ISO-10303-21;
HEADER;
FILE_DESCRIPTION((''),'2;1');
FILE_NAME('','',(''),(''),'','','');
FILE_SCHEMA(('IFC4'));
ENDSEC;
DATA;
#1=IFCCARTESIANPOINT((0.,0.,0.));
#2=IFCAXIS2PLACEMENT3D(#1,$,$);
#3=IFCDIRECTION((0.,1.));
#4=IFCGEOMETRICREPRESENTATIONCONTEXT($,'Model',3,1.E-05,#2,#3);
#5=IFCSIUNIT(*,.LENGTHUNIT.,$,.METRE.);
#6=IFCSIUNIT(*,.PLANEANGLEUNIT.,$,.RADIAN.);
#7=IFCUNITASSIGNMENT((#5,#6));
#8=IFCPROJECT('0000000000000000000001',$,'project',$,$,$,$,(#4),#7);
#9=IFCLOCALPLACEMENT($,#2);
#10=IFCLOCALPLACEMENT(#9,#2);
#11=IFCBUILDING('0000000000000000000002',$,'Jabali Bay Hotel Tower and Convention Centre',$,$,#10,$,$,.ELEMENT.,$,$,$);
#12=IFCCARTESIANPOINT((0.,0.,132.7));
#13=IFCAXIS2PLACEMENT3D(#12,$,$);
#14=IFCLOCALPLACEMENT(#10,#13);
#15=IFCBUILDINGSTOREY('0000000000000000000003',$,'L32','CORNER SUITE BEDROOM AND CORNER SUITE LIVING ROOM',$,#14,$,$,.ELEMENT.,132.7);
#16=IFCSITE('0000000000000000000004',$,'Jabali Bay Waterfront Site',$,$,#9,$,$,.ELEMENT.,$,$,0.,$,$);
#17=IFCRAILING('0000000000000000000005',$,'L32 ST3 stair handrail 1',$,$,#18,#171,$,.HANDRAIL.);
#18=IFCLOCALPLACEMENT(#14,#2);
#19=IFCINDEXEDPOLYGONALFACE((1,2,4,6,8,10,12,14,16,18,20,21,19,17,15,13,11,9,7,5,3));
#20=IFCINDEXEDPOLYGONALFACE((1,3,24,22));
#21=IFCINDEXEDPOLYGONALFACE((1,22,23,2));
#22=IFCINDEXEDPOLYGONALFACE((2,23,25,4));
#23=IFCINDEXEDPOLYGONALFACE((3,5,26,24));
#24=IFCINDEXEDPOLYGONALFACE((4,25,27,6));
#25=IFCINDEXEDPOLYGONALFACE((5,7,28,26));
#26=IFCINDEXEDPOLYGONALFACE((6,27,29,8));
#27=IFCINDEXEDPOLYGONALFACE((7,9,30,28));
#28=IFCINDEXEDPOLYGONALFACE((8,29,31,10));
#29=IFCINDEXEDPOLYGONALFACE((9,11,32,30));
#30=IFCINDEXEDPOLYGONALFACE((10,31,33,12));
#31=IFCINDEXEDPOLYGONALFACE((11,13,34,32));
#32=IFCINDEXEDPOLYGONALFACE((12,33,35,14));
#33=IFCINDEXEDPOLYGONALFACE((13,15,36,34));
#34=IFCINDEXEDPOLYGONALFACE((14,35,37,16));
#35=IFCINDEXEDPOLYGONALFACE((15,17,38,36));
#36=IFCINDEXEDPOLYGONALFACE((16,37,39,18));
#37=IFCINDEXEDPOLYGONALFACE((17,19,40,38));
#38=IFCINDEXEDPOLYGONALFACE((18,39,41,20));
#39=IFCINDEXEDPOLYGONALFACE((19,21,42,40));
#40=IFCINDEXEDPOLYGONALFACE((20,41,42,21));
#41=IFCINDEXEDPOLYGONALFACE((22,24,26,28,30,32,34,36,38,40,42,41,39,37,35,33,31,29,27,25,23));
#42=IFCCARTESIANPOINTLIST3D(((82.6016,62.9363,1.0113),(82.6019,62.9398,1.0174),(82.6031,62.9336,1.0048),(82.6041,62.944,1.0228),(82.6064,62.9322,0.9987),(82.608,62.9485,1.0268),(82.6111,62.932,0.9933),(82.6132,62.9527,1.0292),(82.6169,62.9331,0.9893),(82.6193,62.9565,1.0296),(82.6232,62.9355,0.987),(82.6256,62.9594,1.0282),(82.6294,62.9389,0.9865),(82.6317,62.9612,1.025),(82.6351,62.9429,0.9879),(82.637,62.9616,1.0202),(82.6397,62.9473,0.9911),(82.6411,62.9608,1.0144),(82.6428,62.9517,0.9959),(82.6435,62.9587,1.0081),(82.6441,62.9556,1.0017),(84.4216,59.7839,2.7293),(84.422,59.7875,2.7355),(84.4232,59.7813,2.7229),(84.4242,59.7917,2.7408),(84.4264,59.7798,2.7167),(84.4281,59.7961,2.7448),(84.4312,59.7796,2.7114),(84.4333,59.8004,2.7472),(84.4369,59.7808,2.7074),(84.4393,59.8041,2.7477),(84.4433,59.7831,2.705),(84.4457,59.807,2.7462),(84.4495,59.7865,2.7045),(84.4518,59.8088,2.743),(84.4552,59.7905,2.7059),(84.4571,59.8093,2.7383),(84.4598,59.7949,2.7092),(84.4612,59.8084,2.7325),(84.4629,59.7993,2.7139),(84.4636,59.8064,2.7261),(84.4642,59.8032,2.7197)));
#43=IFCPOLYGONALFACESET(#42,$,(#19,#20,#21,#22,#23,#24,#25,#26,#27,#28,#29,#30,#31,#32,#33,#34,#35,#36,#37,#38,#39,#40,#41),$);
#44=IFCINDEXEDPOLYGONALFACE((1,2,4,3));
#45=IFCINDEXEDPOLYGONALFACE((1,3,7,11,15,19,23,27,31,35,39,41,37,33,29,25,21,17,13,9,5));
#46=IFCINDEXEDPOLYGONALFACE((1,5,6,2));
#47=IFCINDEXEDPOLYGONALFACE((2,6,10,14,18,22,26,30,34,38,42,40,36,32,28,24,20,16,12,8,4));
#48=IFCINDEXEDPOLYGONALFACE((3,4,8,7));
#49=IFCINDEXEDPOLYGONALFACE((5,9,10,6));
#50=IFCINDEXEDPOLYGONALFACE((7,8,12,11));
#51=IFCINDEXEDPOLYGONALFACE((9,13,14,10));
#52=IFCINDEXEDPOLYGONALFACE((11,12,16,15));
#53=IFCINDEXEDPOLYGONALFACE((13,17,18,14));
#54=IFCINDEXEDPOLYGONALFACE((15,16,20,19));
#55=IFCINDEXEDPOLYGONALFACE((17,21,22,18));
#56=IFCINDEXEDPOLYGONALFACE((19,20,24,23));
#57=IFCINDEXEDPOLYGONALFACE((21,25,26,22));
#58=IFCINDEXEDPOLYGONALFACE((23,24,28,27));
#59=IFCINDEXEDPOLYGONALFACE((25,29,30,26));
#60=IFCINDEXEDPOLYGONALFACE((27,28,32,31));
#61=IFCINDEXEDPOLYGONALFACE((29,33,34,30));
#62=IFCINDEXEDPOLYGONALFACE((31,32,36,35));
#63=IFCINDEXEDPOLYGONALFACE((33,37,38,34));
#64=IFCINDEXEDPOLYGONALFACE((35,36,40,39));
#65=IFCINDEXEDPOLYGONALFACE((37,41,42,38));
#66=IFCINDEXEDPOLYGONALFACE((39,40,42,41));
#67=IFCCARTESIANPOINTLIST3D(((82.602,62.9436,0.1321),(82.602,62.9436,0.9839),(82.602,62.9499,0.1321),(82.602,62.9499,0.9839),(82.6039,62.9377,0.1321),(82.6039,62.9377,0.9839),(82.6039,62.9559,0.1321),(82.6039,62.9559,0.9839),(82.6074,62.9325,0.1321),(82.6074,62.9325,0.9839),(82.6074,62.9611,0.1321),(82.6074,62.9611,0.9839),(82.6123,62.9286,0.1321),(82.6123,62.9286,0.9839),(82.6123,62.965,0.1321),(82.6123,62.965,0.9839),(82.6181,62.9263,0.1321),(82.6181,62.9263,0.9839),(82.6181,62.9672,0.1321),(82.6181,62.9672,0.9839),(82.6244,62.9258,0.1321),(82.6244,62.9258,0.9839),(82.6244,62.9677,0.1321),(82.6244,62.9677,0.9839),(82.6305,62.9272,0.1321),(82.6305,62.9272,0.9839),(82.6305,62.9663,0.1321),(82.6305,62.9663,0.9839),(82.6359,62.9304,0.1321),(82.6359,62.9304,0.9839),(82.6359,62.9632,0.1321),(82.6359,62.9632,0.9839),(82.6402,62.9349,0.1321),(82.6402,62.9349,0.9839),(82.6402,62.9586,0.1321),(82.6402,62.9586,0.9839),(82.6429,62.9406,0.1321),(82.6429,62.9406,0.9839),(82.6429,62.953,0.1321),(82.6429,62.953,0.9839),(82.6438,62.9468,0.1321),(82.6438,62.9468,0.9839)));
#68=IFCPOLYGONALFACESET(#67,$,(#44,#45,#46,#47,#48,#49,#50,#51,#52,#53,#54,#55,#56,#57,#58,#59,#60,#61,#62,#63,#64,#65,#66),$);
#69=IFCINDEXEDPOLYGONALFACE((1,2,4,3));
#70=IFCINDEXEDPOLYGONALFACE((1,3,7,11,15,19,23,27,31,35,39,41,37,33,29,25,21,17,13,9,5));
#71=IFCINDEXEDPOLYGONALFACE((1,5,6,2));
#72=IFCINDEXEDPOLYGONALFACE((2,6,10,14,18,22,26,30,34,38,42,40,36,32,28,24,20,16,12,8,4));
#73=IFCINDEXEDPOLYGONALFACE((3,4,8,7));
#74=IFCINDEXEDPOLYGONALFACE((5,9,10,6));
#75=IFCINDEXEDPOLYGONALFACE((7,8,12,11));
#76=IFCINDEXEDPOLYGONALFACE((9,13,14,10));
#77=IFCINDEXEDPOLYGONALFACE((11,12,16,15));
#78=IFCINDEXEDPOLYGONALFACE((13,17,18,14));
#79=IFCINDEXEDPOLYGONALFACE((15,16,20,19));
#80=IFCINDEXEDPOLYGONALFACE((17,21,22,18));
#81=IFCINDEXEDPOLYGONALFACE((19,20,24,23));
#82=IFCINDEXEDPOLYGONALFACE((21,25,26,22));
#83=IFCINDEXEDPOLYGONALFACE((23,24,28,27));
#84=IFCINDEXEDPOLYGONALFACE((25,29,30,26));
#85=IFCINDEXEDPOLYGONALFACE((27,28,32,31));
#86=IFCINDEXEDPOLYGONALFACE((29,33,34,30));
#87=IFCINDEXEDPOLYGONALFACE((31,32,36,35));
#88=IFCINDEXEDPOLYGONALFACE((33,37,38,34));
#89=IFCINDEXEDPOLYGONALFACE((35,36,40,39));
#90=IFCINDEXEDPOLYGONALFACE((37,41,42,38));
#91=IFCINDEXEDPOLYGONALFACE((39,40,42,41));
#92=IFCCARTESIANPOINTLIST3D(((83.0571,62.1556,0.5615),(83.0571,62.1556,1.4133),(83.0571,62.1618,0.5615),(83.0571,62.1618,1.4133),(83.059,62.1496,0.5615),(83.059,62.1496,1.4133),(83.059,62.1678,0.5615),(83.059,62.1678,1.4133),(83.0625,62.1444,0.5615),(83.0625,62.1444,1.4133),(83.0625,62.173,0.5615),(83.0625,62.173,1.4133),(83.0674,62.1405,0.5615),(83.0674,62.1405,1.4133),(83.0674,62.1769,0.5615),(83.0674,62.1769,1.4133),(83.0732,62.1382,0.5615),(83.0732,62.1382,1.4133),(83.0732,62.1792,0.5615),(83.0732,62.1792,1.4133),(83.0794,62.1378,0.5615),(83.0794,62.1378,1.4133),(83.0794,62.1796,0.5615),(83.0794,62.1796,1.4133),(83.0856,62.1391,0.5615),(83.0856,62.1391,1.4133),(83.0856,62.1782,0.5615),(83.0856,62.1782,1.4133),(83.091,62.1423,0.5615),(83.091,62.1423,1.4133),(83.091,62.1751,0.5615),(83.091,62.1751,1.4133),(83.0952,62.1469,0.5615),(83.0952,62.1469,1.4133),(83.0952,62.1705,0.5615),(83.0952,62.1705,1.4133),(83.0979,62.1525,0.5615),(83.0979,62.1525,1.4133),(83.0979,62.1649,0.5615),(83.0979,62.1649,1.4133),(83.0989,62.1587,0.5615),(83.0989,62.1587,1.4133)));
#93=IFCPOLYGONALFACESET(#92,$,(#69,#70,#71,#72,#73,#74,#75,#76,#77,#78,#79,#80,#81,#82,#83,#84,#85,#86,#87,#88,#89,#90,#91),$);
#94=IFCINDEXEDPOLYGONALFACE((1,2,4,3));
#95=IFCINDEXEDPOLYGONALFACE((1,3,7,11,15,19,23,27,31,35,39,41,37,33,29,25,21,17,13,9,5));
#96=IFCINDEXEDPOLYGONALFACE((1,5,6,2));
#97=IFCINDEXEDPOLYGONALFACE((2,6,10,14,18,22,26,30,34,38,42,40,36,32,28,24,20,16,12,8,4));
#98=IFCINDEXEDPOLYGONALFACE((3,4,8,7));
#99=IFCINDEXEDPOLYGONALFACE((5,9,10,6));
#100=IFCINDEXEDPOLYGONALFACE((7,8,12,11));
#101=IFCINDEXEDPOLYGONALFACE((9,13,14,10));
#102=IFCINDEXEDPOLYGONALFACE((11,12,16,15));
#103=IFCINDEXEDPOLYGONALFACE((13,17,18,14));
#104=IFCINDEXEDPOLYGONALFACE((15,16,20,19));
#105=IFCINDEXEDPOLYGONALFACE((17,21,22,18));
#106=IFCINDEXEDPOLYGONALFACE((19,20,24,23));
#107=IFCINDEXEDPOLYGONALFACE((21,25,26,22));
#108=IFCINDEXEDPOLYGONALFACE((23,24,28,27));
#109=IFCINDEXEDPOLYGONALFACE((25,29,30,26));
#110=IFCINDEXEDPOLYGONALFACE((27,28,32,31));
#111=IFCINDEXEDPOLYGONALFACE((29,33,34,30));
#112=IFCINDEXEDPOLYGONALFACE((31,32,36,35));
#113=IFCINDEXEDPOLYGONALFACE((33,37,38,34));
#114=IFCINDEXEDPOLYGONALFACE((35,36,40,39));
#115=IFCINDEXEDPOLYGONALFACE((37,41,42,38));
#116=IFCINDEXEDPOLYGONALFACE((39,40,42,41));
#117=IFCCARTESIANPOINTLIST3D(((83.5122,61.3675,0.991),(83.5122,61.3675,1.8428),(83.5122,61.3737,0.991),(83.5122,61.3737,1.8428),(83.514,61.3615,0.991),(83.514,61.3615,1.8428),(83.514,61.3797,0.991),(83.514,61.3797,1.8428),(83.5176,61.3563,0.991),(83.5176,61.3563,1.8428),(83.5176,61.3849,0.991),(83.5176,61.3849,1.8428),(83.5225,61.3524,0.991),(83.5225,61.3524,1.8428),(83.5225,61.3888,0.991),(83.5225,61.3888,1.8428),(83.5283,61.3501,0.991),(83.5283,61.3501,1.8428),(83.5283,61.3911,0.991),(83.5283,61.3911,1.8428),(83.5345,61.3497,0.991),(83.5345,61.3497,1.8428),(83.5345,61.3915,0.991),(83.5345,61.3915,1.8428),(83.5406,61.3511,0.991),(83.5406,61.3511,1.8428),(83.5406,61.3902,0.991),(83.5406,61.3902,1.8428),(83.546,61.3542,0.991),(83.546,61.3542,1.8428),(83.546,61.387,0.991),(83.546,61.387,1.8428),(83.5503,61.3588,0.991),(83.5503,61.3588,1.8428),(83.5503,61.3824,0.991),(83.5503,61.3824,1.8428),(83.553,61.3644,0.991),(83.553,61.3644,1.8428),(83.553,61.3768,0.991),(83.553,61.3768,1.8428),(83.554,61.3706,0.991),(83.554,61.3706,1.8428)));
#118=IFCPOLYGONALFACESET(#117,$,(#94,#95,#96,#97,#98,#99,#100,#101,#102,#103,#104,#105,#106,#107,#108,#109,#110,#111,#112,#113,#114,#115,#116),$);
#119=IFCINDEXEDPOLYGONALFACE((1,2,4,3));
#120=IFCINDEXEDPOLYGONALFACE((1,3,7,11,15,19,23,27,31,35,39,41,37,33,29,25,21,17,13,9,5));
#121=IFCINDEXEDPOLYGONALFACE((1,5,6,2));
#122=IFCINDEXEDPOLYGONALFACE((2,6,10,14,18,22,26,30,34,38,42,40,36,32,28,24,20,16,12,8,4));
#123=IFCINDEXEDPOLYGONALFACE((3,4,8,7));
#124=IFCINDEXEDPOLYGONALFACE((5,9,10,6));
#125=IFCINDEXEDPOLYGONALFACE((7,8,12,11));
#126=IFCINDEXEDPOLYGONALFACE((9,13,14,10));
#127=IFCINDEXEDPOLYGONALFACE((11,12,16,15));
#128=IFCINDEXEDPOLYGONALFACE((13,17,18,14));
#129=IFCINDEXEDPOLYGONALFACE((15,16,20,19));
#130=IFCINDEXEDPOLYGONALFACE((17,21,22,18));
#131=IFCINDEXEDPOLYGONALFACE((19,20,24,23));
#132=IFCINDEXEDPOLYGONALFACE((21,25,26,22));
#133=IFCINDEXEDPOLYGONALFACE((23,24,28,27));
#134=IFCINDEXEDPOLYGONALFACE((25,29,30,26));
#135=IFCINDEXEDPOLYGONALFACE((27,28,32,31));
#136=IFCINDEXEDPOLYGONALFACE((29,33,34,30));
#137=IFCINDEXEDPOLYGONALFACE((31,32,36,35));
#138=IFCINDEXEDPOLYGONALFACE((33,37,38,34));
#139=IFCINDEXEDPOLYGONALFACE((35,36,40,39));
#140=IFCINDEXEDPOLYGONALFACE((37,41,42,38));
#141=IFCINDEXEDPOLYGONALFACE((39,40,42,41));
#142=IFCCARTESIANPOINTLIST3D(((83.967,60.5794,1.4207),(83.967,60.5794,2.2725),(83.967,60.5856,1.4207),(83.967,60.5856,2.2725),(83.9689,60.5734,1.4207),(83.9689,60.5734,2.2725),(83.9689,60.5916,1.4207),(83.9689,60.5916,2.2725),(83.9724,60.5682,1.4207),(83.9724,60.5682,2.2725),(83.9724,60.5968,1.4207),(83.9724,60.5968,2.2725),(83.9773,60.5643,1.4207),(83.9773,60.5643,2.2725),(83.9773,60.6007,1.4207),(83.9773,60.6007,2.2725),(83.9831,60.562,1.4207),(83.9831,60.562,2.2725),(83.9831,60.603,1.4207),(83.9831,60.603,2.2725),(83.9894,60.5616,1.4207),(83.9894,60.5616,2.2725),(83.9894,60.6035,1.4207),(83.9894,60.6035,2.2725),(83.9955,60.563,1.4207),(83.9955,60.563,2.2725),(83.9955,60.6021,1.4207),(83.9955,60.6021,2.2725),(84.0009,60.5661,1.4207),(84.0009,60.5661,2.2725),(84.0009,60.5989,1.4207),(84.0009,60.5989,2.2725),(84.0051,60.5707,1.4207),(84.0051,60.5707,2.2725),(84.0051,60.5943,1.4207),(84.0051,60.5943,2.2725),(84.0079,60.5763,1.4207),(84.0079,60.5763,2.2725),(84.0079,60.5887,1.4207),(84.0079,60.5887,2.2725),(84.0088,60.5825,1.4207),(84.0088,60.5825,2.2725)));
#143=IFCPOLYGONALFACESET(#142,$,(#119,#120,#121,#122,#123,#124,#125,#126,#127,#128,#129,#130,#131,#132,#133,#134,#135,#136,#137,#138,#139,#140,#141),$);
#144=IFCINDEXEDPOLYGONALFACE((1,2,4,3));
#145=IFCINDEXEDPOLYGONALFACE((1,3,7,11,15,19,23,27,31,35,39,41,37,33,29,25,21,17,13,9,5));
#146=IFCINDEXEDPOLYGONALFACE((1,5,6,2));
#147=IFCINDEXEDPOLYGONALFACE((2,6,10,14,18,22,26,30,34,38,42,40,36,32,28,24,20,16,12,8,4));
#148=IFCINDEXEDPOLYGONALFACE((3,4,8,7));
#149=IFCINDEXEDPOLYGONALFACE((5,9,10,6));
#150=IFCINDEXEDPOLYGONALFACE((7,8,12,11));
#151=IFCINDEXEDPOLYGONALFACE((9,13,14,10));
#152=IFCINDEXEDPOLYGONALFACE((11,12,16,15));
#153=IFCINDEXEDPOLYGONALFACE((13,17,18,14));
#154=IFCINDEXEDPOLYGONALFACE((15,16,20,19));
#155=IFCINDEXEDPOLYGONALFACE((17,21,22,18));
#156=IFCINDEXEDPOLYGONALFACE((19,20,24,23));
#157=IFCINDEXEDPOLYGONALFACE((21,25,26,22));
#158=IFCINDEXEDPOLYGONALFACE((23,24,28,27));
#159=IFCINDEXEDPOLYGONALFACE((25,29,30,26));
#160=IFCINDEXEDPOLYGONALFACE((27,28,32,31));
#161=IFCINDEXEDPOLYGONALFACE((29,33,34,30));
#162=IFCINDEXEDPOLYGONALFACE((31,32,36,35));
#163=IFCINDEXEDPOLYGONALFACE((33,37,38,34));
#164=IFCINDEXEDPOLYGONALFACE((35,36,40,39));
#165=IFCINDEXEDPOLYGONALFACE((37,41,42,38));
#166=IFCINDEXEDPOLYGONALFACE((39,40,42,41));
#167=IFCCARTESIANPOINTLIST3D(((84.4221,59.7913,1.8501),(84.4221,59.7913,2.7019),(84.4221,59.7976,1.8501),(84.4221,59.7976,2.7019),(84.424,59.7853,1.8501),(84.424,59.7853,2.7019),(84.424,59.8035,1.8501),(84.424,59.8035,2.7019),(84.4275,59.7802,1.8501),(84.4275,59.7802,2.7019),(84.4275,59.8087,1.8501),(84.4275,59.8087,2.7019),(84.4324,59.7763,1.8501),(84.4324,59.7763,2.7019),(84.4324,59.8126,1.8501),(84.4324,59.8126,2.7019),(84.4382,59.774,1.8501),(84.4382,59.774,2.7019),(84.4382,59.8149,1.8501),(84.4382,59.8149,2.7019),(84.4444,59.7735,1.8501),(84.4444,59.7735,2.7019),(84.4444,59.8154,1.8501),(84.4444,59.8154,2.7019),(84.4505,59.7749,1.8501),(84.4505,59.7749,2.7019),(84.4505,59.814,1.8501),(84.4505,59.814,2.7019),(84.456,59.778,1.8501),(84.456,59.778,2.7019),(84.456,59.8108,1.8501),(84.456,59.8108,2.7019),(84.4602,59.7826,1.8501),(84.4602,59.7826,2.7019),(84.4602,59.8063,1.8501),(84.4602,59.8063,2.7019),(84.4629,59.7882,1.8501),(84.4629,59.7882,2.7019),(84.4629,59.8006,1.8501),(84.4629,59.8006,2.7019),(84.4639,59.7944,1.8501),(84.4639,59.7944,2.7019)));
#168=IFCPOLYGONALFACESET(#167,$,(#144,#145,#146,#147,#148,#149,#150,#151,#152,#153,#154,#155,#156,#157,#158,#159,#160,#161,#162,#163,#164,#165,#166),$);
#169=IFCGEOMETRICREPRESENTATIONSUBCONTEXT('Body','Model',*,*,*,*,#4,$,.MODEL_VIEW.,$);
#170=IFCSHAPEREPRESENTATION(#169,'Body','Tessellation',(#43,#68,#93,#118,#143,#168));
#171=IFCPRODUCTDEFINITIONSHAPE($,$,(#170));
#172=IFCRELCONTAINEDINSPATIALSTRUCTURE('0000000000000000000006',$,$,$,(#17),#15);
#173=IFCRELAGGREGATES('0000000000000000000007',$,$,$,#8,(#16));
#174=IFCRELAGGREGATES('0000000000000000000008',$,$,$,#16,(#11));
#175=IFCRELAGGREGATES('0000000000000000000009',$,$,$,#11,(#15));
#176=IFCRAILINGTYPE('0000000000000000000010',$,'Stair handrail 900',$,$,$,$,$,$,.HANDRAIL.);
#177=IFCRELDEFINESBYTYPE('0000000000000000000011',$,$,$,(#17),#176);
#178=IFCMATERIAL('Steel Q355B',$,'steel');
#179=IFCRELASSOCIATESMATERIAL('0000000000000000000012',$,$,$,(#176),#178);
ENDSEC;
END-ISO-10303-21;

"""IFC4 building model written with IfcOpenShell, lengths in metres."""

from ifc_helpers import new_model, si_unit, direction, frame, origin, origin_2d, place, context, subcontext, project, spatial, circle, extrude, material, type_object, element, save


model = new_model("IFC4")

# Units and contexts
model_context = context("Model", 3, precision=1e-05, world=origin(), true_north=direction((0.0, 1.0)))
body_context = subcontext(model_context, "Body", "Model", "MODEL_VIEW")
ifc_project = project(units=[si_unit("LENGTHUNIT", "METRE"), si_unit("PLANEANGLEUNIT", "RADIAN")], contexts=[model_context])

# Site, building, storey
site_placement = place(None, origin())
site = spatial("IfcSite", under=ifc_project, at=site_placement, Name="Jabali Bay Waterfront Site", CompositionType="ELEMENT", RefElevation=0.0)
building_placement = place(site_placement, origin())
building = spatial("IfcBuilding", under=site, at=building_placement, Name="Jabali Bay Hotel Tower and Convention Centre", CompositionType="ELEMENT")
storey_placement = place(building_placement, frame((0.0, 0.0, 132.7)))
storey = spatial("IfcBuildingStorey", under=building, at=storey_placement, Name="L32", Description="CORNER SUITE BEDROOM AND CORNER SUITE LIVING ROOM", CompositionType="ELEMENT", Elevation=132.7)

# Railing
ifc_material_1 = material(Name="Steel Q355B", Category="steel")
railing_type_1 = type_object("IfcRailingType", Name="Stair handrail 900", PredefinedType="HANDRAIL", material=ifc_material_1)
railing_1_placement = place(storey_placement, frame((82.6228, 62.9468, 0.1321)))
element("IfcRailing", 1, at=railing_1_placement, inside=storey, type_object=railing_type_1, Name="L32 ST3 stair handrail 1", PredefinedType="HANDRAIL", context=body_context, shape_type="SweptSolid", body=[
    extrude(circle(Radius=0.0239, at=origin_2d()), frame((0.0, 0.0, 0.876), z_axis=(0.452179, -0.78317, 0.426825), x_axis=(0.866018, 0.500013, 0.0)), (0.0, 0.0, 1.0), 4.0251),
    extrude(circle(Radius=0.021, at=origin_2d()), origin(), (0.0, 0.0, 1.0), 0.8518),
    extrude(circle(Radius=0.021, at=origin_2d()), frame((0.4551, -0.7881, 0.4294)), (0.0, 0.0, 1.0), 0.8518),
    extrude(circle(Radius=0.021, at=origin_2d()), frame((0.9102, -1.5762, 0.8589)), (0.0, 0.0, 1.0), 0.8518),
    extrude(circle(Radius=0.021, at=origin_2d()), frame((1.365, -2.3643, 1.2886)), (0.0, 0.0, 1.0), 0.8518),
    extrude(circle(Radius=0.021, at=origin_2d()), frame((1.8201, -3.1523, 1.718)), (0.0, 0.0, 1.0), 0.8518),
])

save(model, "model.ifc")
